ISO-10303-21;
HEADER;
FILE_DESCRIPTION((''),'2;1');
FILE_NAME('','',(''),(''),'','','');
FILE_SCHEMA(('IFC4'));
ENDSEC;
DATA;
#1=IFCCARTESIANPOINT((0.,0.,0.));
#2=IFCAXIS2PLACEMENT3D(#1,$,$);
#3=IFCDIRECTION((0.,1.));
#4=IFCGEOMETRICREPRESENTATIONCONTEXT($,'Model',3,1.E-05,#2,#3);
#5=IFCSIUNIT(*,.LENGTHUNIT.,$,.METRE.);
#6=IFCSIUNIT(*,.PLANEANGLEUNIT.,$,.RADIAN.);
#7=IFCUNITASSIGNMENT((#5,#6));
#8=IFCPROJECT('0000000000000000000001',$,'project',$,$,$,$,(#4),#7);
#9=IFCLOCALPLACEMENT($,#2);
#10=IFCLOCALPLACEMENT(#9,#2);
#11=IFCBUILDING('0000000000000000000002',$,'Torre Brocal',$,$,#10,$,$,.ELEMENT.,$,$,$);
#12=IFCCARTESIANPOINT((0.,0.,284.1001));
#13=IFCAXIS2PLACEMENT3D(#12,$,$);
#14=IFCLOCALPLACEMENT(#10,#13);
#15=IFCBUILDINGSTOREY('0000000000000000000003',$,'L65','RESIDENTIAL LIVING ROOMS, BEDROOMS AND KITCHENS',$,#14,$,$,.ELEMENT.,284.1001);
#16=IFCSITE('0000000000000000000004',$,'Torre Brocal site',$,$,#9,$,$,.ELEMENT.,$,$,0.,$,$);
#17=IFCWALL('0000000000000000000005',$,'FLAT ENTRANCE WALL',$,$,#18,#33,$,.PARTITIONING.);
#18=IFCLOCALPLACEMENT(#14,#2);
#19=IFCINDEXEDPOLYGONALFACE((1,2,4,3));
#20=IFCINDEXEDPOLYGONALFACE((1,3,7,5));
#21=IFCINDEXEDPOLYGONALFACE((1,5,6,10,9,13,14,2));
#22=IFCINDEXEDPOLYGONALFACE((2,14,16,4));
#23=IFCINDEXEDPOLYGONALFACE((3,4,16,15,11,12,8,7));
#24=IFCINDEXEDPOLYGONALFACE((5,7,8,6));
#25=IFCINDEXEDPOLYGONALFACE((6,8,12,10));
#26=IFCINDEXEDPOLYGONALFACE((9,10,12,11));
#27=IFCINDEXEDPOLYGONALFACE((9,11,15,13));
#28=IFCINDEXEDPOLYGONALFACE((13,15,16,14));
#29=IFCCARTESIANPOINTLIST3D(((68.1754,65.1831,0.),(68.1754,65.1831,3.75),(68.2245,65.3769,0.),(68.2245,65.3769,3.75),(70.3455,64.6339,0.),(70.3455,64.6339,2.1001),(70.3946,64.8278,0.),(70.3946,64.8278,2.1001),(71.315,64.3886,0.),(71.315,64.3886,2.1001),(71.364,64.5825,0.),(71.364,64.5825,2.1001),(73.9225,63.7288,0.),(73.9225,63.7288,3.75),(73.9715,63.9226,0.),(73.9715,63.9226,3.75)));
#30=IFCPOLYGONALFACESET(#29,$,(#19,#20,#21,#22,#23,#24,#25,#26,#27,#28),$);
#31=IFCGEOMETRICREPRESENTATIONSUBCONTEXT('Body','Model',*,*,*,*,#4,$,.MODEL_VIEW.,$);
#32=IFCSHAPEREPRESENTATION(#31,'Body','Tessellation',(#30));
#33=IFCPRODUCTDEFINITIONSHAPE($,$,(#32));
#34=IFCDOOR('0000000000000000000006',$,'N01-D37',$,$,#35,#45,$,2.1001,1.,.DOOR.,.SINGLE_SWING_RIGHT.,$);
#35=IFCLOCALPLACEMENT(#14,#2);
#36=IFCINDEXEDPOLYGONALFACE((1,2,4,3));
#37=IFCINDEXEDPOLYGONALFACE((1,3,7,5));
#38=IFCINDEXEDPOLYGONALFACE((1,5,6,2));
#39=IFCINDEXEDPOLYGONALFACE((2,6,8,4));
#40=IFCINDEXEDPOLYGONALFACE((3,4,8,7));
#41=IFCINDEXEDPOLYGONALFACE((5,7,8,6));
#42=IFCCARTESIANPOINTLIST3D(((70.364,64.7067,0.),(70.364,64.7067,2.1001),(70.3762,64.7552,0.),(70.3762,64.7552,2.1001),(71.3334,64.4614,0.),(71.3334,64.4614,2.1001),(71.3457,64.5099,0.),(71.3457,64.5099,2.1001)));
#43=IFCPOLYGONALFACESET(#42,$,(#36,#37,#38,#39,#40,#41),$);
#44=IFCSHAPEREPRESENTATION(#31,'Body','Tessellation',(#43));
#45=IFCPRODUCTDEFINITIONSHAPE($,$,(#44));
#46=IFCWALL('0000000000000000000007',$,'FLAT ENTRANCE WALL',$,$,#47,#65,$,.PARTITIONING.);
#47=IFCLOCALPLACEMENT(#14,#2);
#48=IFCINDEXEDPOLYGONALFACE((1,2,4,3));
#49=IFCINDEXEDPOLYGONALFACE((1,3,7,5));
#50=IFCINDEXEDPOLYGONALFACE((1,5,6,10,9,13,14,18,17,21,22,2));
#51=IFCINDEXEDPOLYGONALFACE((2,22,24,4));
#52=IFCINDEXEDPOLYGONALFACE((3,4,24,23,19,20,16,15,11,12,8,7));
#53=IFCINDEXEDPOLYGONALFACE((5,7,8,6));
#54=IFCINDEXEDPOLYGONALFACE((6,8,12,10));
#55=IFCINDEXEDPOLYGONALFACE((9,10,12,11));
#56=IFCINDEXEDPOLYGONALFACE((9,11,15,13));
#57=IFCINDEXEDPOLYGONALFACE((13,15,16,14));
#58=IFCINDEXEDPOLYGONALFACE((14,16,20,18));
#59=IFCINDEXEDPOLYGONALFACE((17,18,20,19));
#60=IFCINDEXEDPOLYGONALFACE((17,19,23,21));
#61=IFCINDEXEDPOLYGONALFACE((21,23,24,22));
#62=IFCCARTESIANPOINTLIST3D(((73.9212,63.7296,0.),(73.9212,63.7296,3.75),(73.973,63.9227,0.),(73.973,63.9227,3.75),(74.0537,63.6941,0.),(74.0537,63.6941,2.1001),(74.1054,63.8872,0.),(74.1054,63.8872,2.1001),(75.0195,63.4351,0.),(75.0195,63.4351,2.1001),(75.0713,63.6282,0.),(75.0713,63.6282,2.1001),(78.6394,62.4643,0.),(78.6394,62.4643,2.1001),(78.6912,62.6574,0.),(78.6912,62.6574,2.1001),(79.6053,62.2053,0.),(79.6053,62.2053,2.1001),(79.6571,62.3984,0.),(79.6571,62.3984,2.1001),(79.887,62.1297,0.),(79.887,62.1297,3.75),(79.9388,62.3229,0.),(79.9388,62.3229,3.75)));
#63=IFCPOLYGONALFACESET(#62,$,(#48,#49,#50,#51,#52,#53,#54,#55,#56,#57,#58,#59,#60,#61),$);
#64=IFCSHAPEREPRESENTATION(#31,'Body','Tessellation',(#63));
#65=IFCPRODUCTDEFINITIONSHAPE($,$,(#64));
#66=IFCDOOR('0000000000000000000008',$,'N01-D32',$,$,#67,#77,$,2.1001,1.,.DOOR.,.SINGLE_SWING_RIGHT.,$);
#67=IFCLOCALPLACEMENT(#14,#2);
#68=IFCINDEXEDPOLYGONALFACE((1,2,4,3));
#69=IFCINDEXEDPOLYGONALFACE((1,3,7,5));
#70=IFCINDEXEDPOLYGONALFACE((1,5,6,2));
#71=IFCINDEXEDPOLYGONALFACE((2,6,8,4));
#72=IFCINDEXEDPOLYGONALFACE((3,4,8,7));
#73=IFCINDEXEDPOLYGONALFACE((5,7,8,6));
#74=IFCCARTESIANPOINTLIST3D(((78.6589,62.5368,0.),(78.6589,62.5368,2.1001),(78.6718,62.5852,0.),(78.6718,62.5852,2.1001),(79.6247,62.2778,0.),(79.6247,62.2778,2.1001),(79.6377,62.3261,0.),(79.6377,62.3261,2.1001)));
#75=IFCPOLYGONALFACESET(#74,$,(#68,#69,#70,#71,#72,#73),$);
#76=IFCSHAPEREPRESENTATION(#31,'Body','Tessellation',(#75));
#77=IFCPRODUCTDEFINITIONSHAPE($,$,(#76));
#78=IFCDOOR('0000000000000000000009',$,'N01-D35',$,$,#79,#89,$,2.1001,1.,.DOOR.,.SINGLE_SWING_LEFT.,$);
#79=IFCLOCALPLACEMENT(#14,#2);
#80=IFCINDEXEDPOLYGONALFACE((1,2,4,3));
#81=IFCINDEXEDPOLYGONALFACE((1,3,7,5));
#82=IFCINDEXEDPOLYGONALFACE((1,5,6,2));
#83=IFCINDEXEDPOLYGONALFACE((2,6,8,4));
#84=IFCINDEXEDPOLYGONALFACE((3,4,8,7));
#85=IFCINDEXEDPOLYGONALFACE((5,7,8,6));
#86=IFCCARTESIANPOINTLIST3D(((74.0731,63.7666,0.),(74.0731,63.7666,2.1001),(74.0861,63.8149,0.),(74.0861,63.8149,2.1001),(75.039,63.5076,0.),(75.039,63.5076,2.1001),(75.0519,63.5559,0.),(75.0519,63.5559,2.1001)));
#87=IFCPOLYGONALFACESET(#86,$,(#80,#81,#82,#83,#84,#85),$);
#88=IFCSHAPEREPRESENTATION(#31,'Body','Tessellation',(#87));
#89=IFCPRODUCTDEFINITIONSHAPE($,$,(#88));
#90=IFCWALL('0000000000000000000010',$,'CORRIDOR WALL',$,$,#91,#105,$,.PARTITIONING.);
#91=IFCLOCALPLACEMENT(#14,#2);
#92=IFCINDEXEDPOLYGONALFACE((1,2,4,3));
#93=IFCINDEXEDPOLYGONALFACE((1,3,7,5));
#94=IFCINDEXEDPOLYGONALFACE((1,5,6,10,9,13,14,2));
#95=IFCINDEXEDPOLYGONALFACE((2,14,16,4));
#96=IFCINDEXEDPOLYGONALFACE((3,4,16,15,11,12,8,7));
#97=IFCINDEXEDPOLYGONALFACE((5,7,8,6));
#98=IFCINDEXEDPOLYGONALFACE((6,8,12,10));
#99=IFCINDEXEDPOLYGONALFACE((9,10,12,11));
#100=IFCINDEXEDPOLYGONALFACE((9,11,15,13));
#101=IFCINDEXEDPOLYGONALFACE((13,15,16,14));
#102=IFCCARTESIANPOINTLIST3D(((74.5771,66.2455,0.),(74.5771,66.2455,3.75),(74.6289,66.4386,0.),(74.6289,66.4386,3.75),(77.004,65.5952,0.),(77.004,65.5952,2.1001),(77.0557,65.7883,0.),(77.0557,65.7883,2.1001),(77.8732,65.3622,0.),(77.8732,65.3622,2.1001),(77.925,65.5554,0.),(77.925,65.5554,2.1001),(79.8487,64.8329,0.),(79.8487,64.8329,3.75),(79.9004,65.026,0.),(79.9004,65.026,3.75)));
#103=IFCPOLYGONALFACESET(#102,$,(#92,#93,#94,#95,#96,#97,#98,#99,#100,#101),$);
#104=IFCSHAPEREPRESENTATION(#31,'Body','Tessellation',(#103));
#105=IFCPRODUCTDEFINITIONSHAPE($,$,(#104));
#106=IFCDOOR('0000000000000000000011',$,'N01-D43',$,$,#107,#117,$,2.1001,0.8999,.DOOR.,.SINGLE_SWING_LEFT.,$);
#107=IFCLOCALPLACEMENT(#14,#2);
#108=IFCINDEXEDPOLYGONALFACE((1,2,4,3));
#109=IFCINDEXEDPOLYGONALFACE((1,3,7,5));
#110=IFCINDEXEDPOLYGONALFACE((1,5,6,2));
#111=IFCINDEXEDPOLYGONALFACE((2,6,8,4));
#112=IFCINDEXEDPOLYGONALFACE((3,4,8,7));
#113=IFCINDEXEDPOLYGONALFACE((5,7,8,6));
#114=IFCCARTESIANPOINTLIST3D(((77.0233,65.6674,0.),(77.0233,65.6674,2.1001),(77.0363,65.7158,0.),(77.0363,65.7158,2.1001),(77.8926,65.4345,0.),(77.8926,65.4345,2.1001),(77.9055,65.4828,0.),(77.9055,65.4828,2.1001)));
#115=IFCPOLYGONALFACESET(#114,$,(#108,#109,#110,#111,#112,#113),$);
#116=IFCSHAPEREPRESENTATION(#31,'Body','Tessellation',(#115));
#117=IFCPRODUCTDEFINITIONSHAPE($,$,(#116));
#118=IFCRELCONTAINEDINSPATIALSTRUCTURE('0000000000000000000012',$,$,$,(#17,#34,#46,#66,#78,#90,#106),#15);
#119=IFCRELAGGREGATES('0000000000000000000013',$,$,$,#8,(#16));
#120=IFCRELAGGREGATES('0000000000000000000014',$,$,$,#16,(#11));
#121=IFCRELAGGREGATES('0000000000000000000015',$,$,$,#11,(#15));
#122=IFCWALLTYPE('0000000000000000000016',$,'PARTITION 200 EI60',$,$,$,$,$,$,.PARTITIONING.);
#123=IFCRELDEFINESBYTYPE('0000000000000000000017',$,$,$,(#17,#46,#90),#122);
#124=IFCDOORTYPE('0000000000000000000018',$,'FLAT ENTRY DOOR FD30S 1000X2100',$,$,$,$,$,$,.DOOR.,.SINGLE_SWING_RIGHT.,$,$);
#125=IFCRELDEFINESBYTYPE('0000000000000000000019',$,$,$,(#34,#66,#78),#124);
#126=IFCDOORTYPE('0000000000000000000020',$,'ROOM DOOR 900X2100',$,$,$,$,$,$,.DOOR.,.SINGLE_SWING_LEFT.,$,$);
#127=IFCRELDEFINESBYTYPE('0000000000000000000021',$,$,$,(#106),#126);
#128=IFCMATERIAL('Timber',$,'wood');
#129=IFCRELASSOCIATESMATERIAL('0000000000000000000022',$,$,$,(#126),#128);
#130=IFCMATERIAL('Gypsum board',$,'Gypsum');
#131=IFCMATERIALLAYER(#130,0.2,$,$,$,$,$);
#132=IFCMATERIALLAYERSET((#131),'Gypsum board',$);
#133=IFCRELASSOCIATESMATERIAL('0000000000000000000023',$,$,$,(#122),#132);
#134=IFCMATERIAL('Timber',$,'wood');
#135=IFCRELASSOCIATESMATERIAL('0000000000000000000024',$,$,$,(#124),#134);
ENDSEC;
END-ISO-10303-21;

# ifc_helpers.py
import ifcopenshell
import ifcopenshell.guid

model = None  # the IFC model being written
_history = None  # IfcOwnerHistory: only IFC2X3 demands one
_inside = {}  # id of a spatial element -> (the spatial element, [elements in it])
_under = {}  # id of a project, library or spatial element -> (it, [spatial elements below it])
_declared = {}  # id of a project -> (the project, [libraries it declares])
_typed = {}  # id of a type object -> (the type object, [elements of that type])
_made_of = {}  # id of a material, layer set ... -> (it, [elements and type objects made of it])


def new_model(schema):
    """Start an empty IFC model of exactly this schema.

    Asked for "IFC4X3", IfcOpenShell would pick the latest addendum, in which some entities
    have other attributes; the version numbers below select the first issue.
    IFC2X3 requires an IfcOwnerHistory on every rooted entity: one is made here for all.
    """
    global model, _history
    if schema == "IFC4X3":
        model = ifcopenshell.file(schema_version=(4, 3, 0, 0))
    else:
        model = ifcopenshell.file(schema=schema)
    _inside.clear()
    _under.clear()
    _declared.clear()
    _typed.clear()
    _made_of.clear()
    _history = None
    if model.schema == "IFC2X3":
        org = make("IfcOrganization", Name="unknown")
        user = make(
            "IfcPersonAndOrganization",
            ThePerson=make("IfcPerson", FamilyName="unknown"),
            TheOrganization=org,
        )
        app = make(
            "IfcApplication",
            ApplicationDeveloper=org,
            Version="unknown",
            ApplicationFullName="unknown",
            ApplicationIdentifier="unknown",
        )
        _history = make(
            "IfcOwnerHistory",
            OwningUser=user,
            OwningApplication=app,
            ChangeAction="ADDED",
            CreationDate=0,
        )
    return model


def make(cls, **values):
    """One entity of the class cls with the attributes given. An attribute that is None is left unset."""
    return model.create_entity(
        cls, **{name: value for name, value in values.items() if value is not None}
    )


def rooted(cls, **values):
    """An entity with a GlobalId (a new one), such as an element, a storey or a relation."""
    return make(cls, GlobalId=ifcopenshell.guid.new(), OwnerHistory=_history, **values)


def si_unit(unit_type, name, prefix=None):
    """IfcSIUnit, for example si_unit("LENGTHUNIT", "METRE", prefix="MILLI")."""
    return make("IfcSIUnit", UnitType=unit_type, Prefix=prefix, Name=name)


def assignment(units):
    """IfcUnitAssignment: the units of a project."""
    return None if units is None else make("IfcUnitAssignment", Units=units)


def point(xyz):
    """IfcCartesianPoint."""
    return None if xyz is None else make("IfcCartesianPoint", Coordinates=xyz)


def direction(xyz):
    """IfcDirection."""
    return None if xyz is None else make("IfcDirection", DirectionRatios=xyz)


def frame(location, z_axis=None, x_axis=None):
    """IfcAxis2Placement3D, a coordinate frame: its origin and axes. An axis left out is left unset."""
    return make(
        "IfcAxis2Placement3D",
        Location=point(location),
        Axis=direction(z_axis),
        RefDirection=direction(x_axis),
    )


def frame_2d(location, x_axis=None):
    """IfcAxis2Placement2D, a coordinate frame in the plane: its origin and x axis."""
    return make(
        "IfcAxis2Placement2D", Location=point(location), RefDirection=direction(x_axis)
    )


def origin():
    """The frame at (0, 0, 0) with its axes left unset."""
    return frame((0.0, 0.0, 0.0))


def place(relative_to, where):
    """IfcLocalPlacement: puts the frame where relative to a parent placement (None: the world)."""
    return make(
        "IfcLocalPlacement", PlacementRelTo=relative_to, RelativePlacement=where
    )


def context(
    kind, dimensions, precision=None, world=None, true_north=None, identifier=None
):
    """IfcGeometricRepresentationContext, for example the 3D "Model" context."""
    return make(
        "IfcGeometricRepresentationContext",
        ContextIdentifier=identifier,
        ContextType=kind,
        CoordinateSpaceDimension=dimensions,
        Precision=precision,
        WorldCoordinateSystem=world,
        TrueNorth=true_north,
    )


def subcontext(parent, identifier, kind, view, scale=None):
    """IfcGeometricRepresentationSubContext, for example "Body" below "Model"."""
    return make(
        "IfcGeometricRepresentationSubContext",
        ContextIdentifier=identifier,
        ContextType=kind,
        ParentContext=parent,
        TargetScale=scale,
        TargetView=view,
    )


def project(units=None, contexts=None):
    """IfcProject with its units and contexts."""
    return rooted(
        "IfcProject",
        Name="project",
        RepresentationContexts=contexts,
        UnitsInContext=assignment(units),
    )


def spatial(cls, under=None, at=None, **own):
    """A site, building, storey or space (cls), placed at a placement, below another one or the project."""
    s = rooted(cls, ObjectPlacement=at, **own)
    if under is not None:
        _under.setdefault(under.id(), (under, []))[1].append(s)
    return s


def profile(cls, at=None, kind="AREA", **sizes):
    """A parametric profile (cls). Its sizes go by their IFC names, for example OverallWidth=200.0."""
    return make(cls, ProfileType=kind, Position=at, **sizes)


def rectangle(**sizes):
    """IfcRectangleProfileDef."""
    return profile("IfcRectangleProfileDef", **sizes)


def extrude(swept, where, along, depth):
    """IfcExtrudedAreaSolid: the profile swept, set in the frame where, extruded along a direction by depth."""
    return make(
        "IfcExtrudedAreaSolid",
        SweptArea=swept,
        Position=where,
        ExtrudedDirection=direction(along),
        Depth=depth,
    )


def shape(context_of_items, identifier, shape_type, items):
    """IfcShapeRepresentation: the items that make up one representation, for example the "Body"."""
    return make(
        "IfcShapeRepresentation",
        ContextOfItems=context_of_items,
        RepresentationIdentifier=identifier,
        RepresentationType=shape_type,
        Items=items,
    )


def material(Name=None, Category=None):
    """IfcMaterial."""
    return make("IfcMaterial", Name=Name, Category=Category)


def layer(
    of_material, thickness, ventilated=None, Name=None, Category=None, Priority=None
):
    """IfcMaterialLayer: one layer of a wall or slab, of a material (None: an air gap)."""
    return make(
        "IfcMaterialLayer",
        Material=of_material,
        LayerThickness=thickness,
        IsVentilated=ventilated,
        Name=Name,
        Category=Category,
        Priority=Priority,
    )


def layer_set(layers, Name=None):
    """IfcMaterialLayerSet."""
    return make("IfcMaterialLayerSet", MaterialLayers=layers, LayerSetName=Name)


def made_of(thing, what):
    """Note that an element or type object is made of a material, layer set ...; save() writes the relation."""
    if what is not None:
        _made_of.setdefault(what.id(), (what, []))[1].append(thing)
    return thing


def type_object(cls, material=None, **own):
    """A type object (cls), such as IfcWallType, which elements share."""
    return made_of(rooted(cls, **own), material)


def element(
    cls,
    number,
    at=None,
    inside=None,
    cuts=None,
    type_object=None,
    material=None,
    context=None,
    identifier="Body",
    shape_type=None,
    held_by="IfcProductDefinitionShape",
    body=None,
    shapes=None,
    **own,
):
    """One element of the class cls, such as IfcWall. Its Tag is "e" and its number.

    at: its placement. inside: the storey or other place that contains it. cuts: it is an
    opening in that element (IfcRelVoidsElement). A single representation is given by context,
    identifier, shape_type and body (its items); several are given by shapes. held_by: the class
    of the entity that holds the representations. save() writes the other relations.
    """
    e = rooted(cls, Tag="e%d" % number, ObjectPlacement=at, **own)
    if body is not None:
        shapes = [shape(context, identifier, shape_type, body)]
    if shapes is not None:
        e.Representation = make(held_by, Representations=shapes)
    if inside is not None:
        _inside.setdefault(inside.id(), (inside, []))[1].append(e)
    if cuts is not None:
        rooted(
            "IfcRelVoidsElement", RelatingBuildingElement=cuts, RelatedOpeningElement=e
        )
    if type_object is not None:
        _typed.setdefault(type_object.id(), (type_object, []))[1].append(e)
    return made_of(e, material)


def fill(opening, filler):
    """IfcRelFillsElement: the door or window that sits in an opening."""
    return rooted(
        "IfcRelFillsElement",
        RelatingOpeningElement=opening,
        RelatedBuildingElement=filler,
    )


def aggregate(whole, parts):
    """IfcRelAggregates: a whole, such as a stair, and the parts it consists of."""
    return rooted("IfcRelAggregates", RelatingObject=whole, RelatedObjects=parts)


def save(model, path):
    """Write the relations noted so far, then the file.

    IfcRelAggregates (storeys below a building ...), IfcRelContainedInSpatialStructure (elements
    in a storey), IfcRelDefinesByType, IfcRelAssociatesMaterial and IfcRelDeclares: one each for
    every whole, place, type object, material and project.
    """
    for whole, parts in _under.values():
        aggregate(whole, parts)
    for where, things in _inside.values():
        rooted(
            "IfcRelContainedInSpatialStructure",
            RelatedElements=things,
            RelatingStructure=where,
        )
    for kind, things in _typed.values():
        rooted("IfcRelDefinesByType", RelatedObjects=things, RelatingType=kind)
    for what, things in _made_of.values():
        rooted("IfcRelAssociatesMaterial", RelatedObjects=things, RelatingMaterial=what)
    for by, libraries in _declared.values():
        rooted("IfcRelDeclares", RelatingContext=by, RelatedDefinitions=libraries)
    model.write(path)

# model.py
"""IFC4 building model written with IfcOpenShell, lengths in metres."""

from ifc_helpers import new_model, si_unit, direction, frame, frame_2d, origin, place, context, subcontext, project, spatial, rectangle, extrude, material, layer, layer_set, type_object, element, fill, save


model = new_model("IFC4")

# Units and contexts
model_context = context("Model", 3, precision=1e-05, world=origin(), true_north=direction((0.0, 1.0)))
body_context = subcontext(model_context, "Body", "Model", "MODEL_VIEW")
ifc_project = project(units=[si_unit("LENGTHUNIT", "METRE"), si_unit("PLANEANGLEUNIT", "RADIAN")], contexts=[model_context])

# Site, building, storey
site_placement = place(None, origin())
site = spatial("IfcSite", under=ifc_project, at=site_placement, Name="Torre Brocal site", CompositionType="ELEMENT", RefElevation=0.0)
building_placement = place(site_placement, origin())
building = spatial("IfcBuilding", under=site, at=building_placement, Name="Torre Brocal", CompositionType="ELEMENT")
storey_placement = place(building_placement, frame((0.0, 0.0, 284.1001)))
storey = spatial("IfcBuildingStorey", under=building, at=storey_placement, Name="L65", Description="RESIDENTIAL LIVING ROOMS, BEDROOMS AND KITCHENS", CompositionType="ELEMENT", Elevation=284.1001)

# Wall, opening, door
ifc_material_1 = material(Name="Timber", Category="wood")
door_type_1 = type_object("IfcDoorType", Name="ROOM DOOR 900X2100", OperationType="SINGLE_SWING_LEFT", PredefinedType="DOOR", material=ifc_material_1)
ifc_material_2 = material(Name="Gypsum board", Category="Gypsum")
ifc_layer_1 = layer(ifc_material_2, 0.2)
ifc_layer_set_1 = layer_set([ifc_layer_1], Name="Gypsum board")
wall_type_1 = type_object("IfcWallType", Name="PARTITION 200 EI60", PredefinedType="PARTITIONING", material=ifc_layer_set_1)
wall_1_placement = place(storey_placement, frame((68.2, 65.28, 0.0), z_axis=(0.0, 0.0, 1.0), x_axis=(0.969441, -0.245325, 0.0)))
wall_1 = element("IfcWall", 1, at=wall_1_placement, inside=storey, type_object=wall_type_1, Name="FLAT ENTRANCE WALL", PredefinedType="PARTITIONING", context=body_context, shape_type="SweptSolid", body=[
    extrude(rectangle(XDim=5.9282, YDim=0.2, at=frame_2d((2.9641, 0.0))), origin(), (0.0, 0.0, 1.0), 3.75),
])
opening_1_placement = place(wall_1_placement, frame((2.2385, 0.0, 0.0)))
opening_1 = element("IfcOpeningElement", 2, at=opening_1_placement, cuts=wall_1, PredefinedType="OPENING", context=body_context, shape_type="SweptSolid", body=[
    extrude(rectangle(XDim=1.0, YDim=2.1001, at=frame_2d((0.5, 1.05))), frame((0.0, 0.1099, 0.0), z_axis=(0.0, -1.0, 0.0), x_axis=(1.0, 0.0, 0.0)), (0.0, 0.0, 1.0), 0.22),
])
ifc_material_3 = material(Name="Timber", Category="wood")
door_type_2 = type_object("IfcDoorType", Name="FLAT ENTRY DOOR FD30S 1000X2100", OperationType="SINGLE_SWING_RIGHT", PredefinedType="DOOR", material=ifc_material_3)
door_1_placement = place(opening_1_placement, frame((1.0, 0.0, 0.0), z_axis=(0.0, 0.0, 1.0), x_axis=(-1.0, 0.0, 0.0)))
door_1 = element("IfcDoor", 3, at=door_1_placement, inside=storey, type_object=door_type_2, Name="N01-D37", OperationType="SINGLE_SWING_RIGHT", OverallHeight=2.1001, OverallWidth=1.0, PredefinedType="DOOR", context=body_context, shape_type="SweptSolid", body=[
    extrude(rectangle(XDim=1.0, YDim=2.1001, at=frame_2d((0.5, 1.05))), frame((0.0, 0.0249, 0.0), z_axis=(0.0, -1.0, 0.0), x_axis=(1.0, 0.0, 0.0)), (0.0, 0.0, 1.0), 0.05),
])
fill(opening_1, door_1)

# Wall, openings, doors
wall_2_placement = place(storey_placement, frame((73.947, 63.8262, 0.0), z_axis=(0.0, 0.0, 1.0), x_axis=(0.965873, -0.259018, 0.0)))
wall_2 = element("IfcWall", 4, at=wall_2_placement, inside=storey, type_object=wall_type_1, Name="FLAT ENTRANCE WALL", PredefinedType="PARTITIONING", context=body_context, shape_type="SweptSolid", body=[
    extrude(rectangle(XDim=6.1765, YDim=0.2, at=frame_2d((3.0884, 0.0))), origin(), (0.0, 0.0, 1.0), 3.75),
])
opening_2_placement = place(wall_2_placement, frame((4.885, 0.0, 0.0)))
opening_2 = element("IfcOpeningElement", 5, at=opening_2_placement, cuts=wall_2, PredefinedType="OPENING", context=body_context, shape_type="SweptSolid", body=[
    extrude(rectangle(XDim=1.0, YDim=2.1001, at=frame_2d((0.5, 1.05))), frame((0.0, 0.1099, 0.0), z_axis=(0.0, -1.0, 0.0), x_axis=(1.0, 0.0, 0.0)), (0.0, 0.0, 1.0), 0.22),
])
opening_3_placement = place(wall_2_placement, frame((0.1372, 0.0, 0.0)))
opening_3 = element("IfcOpeningElement", 6, at=opening_3_placement, cuts=wall_2, PredefinedType="OPENING", context=body_context, shape_type="SweptSolid", body=[
    extrude(rectangle(XDim=1.0, YDim=2.1001, at=frame_2d((0.5, 1.05))), frame((0.0, 0.1099, 0.0), z_axis=(0.0, -1.0, 0.0), x_axis=(1.0, 0.0, 0.0)), (0.0, 0.0, 1.0), 0.22),
])
door_2_placement = place(opening_2_placement, frame((1.0, 0.0, 0.0), z_axis=(0.0, 0.0, 1.0), x_axis=(-1.0, 0.0, 0.0)))
door_2 = element("IfcDoor", 7, at=door_2_placement, inside=storey, type_object=door_type_2, Name="N01-D32", OperationType="SINGLE_SWING_RIGHT", OverallHeight=2.1001, OverallWidth=1.0, PredefinedType="DOOR", context=body_context, shape_type="SweptSolid", body=[
    extrude(rectangle(XDim=1.0, YDim=2.1001, at=frame_2d((0.5, 1.05))), frame((0.0, 0.0249, 0.0), z_axis=(0.0, -1.0, 0.0), x_axis=(1.0, 0.0, 0.0)), (0.0, 0.0, 1.0), 0.05),
])
fill(opening_2, door_2)
door_3_placement = place(opening_3_placement, frame((1.0, 0.0, 0.0), z_axis=(0.0, 0.0, 1.0), x_axis=(-1.0, 0.0, 0.0)))
door_3 = element("IfcDoor", 8, at=door_3_placement, inside=storey, type_object=door_type_2, Name="N01-D35", OperationType="SINGLE_SWING_LEFT", OverallHeight=2.1001, OverallWidth=1.0, PredefinedType="DOOR", context=body_context, shape_type="SweptSolid", body=[
    extrude(rectangle(XDim=1.0, YDim=2.1001, at=frame_2d((0.5, 1.05))), frame((0.0, 0.0249, 0.0), z_axis=(0.0, -1.0, 0.0), x_axis=(1.0, 0.0, 0.0)), (0.0, 0.0, 1.0), 0.05),
])
fill(opening_3, door_3)

# Wall, opening, door
wall_3_placement = place(storey_placement, frame((74.603, 66.342, 0.0), z_axis=(0.0, 0.0, 1.0), x_axis=(0.965921, -0.258837, 0.0)))
wall_3 = element("IfcWall", 9, at=wall_3_placement, inside=storey, type_object=wall_type_1, Name="CORRIDOR WALL", PredefinedType="PARTITIONING", context=body_context, shape_type="SweptSolid", body=[
    extrude(rectangle(XDim=5.4575, YDim=0.2, at=frame_2d((2.7288, 0.0))), origin(), (0.0, 0.0, 1.0), 3.75),
])
opening_4_placement = place(wall_3_placement, frame((2.5125, 0.0, 0.0)))
opening_4 = element("IfcOpeningElement", 10, at=opening_4_placement, cuts=wall_3, PredefinedType="OPENING", context=body_context, shape_type="SweptSolid", body=[
    extrude(rectangle(XDim=0.8999, YDim=2.1001, at=frame_2d((0.45, 1.05))), frame((0.0, 0.1099, 0.0), z_axis=(0.0, -1.0, 0.0), x_axis=(1.0, 0.0, 0.0)), (0.0, 0.0, 1.0), 0.22),
])
door_4_placement = place(opening_4_placement, origin())
door_4 = element("IfcDoor", 11, at=door_4_placement, inside=storey, type_object=door_type_1, Name="N01-D43", OperationType="SINGLE_SWING_LEFT", OverallHeight=2.1001, OverallWidth=0.8999, PredefinedType="DOOR", context=body_context, shape_type="SweptSolid", body=[
    extrude(rectangle(XDim=0.8999, YDim=2.1001, at=frame_2d((0.45, 1.05))), frame((0.0, 0.0249, 0.0), z_axis=(0.0, -1.0, 0.0), x_axis=(1.0, 0.0, 0.0)), (0.0, 0.0, 1.0), 0.05),
])
fill(opening_4, door_4)

save(model, "model.ifc")
